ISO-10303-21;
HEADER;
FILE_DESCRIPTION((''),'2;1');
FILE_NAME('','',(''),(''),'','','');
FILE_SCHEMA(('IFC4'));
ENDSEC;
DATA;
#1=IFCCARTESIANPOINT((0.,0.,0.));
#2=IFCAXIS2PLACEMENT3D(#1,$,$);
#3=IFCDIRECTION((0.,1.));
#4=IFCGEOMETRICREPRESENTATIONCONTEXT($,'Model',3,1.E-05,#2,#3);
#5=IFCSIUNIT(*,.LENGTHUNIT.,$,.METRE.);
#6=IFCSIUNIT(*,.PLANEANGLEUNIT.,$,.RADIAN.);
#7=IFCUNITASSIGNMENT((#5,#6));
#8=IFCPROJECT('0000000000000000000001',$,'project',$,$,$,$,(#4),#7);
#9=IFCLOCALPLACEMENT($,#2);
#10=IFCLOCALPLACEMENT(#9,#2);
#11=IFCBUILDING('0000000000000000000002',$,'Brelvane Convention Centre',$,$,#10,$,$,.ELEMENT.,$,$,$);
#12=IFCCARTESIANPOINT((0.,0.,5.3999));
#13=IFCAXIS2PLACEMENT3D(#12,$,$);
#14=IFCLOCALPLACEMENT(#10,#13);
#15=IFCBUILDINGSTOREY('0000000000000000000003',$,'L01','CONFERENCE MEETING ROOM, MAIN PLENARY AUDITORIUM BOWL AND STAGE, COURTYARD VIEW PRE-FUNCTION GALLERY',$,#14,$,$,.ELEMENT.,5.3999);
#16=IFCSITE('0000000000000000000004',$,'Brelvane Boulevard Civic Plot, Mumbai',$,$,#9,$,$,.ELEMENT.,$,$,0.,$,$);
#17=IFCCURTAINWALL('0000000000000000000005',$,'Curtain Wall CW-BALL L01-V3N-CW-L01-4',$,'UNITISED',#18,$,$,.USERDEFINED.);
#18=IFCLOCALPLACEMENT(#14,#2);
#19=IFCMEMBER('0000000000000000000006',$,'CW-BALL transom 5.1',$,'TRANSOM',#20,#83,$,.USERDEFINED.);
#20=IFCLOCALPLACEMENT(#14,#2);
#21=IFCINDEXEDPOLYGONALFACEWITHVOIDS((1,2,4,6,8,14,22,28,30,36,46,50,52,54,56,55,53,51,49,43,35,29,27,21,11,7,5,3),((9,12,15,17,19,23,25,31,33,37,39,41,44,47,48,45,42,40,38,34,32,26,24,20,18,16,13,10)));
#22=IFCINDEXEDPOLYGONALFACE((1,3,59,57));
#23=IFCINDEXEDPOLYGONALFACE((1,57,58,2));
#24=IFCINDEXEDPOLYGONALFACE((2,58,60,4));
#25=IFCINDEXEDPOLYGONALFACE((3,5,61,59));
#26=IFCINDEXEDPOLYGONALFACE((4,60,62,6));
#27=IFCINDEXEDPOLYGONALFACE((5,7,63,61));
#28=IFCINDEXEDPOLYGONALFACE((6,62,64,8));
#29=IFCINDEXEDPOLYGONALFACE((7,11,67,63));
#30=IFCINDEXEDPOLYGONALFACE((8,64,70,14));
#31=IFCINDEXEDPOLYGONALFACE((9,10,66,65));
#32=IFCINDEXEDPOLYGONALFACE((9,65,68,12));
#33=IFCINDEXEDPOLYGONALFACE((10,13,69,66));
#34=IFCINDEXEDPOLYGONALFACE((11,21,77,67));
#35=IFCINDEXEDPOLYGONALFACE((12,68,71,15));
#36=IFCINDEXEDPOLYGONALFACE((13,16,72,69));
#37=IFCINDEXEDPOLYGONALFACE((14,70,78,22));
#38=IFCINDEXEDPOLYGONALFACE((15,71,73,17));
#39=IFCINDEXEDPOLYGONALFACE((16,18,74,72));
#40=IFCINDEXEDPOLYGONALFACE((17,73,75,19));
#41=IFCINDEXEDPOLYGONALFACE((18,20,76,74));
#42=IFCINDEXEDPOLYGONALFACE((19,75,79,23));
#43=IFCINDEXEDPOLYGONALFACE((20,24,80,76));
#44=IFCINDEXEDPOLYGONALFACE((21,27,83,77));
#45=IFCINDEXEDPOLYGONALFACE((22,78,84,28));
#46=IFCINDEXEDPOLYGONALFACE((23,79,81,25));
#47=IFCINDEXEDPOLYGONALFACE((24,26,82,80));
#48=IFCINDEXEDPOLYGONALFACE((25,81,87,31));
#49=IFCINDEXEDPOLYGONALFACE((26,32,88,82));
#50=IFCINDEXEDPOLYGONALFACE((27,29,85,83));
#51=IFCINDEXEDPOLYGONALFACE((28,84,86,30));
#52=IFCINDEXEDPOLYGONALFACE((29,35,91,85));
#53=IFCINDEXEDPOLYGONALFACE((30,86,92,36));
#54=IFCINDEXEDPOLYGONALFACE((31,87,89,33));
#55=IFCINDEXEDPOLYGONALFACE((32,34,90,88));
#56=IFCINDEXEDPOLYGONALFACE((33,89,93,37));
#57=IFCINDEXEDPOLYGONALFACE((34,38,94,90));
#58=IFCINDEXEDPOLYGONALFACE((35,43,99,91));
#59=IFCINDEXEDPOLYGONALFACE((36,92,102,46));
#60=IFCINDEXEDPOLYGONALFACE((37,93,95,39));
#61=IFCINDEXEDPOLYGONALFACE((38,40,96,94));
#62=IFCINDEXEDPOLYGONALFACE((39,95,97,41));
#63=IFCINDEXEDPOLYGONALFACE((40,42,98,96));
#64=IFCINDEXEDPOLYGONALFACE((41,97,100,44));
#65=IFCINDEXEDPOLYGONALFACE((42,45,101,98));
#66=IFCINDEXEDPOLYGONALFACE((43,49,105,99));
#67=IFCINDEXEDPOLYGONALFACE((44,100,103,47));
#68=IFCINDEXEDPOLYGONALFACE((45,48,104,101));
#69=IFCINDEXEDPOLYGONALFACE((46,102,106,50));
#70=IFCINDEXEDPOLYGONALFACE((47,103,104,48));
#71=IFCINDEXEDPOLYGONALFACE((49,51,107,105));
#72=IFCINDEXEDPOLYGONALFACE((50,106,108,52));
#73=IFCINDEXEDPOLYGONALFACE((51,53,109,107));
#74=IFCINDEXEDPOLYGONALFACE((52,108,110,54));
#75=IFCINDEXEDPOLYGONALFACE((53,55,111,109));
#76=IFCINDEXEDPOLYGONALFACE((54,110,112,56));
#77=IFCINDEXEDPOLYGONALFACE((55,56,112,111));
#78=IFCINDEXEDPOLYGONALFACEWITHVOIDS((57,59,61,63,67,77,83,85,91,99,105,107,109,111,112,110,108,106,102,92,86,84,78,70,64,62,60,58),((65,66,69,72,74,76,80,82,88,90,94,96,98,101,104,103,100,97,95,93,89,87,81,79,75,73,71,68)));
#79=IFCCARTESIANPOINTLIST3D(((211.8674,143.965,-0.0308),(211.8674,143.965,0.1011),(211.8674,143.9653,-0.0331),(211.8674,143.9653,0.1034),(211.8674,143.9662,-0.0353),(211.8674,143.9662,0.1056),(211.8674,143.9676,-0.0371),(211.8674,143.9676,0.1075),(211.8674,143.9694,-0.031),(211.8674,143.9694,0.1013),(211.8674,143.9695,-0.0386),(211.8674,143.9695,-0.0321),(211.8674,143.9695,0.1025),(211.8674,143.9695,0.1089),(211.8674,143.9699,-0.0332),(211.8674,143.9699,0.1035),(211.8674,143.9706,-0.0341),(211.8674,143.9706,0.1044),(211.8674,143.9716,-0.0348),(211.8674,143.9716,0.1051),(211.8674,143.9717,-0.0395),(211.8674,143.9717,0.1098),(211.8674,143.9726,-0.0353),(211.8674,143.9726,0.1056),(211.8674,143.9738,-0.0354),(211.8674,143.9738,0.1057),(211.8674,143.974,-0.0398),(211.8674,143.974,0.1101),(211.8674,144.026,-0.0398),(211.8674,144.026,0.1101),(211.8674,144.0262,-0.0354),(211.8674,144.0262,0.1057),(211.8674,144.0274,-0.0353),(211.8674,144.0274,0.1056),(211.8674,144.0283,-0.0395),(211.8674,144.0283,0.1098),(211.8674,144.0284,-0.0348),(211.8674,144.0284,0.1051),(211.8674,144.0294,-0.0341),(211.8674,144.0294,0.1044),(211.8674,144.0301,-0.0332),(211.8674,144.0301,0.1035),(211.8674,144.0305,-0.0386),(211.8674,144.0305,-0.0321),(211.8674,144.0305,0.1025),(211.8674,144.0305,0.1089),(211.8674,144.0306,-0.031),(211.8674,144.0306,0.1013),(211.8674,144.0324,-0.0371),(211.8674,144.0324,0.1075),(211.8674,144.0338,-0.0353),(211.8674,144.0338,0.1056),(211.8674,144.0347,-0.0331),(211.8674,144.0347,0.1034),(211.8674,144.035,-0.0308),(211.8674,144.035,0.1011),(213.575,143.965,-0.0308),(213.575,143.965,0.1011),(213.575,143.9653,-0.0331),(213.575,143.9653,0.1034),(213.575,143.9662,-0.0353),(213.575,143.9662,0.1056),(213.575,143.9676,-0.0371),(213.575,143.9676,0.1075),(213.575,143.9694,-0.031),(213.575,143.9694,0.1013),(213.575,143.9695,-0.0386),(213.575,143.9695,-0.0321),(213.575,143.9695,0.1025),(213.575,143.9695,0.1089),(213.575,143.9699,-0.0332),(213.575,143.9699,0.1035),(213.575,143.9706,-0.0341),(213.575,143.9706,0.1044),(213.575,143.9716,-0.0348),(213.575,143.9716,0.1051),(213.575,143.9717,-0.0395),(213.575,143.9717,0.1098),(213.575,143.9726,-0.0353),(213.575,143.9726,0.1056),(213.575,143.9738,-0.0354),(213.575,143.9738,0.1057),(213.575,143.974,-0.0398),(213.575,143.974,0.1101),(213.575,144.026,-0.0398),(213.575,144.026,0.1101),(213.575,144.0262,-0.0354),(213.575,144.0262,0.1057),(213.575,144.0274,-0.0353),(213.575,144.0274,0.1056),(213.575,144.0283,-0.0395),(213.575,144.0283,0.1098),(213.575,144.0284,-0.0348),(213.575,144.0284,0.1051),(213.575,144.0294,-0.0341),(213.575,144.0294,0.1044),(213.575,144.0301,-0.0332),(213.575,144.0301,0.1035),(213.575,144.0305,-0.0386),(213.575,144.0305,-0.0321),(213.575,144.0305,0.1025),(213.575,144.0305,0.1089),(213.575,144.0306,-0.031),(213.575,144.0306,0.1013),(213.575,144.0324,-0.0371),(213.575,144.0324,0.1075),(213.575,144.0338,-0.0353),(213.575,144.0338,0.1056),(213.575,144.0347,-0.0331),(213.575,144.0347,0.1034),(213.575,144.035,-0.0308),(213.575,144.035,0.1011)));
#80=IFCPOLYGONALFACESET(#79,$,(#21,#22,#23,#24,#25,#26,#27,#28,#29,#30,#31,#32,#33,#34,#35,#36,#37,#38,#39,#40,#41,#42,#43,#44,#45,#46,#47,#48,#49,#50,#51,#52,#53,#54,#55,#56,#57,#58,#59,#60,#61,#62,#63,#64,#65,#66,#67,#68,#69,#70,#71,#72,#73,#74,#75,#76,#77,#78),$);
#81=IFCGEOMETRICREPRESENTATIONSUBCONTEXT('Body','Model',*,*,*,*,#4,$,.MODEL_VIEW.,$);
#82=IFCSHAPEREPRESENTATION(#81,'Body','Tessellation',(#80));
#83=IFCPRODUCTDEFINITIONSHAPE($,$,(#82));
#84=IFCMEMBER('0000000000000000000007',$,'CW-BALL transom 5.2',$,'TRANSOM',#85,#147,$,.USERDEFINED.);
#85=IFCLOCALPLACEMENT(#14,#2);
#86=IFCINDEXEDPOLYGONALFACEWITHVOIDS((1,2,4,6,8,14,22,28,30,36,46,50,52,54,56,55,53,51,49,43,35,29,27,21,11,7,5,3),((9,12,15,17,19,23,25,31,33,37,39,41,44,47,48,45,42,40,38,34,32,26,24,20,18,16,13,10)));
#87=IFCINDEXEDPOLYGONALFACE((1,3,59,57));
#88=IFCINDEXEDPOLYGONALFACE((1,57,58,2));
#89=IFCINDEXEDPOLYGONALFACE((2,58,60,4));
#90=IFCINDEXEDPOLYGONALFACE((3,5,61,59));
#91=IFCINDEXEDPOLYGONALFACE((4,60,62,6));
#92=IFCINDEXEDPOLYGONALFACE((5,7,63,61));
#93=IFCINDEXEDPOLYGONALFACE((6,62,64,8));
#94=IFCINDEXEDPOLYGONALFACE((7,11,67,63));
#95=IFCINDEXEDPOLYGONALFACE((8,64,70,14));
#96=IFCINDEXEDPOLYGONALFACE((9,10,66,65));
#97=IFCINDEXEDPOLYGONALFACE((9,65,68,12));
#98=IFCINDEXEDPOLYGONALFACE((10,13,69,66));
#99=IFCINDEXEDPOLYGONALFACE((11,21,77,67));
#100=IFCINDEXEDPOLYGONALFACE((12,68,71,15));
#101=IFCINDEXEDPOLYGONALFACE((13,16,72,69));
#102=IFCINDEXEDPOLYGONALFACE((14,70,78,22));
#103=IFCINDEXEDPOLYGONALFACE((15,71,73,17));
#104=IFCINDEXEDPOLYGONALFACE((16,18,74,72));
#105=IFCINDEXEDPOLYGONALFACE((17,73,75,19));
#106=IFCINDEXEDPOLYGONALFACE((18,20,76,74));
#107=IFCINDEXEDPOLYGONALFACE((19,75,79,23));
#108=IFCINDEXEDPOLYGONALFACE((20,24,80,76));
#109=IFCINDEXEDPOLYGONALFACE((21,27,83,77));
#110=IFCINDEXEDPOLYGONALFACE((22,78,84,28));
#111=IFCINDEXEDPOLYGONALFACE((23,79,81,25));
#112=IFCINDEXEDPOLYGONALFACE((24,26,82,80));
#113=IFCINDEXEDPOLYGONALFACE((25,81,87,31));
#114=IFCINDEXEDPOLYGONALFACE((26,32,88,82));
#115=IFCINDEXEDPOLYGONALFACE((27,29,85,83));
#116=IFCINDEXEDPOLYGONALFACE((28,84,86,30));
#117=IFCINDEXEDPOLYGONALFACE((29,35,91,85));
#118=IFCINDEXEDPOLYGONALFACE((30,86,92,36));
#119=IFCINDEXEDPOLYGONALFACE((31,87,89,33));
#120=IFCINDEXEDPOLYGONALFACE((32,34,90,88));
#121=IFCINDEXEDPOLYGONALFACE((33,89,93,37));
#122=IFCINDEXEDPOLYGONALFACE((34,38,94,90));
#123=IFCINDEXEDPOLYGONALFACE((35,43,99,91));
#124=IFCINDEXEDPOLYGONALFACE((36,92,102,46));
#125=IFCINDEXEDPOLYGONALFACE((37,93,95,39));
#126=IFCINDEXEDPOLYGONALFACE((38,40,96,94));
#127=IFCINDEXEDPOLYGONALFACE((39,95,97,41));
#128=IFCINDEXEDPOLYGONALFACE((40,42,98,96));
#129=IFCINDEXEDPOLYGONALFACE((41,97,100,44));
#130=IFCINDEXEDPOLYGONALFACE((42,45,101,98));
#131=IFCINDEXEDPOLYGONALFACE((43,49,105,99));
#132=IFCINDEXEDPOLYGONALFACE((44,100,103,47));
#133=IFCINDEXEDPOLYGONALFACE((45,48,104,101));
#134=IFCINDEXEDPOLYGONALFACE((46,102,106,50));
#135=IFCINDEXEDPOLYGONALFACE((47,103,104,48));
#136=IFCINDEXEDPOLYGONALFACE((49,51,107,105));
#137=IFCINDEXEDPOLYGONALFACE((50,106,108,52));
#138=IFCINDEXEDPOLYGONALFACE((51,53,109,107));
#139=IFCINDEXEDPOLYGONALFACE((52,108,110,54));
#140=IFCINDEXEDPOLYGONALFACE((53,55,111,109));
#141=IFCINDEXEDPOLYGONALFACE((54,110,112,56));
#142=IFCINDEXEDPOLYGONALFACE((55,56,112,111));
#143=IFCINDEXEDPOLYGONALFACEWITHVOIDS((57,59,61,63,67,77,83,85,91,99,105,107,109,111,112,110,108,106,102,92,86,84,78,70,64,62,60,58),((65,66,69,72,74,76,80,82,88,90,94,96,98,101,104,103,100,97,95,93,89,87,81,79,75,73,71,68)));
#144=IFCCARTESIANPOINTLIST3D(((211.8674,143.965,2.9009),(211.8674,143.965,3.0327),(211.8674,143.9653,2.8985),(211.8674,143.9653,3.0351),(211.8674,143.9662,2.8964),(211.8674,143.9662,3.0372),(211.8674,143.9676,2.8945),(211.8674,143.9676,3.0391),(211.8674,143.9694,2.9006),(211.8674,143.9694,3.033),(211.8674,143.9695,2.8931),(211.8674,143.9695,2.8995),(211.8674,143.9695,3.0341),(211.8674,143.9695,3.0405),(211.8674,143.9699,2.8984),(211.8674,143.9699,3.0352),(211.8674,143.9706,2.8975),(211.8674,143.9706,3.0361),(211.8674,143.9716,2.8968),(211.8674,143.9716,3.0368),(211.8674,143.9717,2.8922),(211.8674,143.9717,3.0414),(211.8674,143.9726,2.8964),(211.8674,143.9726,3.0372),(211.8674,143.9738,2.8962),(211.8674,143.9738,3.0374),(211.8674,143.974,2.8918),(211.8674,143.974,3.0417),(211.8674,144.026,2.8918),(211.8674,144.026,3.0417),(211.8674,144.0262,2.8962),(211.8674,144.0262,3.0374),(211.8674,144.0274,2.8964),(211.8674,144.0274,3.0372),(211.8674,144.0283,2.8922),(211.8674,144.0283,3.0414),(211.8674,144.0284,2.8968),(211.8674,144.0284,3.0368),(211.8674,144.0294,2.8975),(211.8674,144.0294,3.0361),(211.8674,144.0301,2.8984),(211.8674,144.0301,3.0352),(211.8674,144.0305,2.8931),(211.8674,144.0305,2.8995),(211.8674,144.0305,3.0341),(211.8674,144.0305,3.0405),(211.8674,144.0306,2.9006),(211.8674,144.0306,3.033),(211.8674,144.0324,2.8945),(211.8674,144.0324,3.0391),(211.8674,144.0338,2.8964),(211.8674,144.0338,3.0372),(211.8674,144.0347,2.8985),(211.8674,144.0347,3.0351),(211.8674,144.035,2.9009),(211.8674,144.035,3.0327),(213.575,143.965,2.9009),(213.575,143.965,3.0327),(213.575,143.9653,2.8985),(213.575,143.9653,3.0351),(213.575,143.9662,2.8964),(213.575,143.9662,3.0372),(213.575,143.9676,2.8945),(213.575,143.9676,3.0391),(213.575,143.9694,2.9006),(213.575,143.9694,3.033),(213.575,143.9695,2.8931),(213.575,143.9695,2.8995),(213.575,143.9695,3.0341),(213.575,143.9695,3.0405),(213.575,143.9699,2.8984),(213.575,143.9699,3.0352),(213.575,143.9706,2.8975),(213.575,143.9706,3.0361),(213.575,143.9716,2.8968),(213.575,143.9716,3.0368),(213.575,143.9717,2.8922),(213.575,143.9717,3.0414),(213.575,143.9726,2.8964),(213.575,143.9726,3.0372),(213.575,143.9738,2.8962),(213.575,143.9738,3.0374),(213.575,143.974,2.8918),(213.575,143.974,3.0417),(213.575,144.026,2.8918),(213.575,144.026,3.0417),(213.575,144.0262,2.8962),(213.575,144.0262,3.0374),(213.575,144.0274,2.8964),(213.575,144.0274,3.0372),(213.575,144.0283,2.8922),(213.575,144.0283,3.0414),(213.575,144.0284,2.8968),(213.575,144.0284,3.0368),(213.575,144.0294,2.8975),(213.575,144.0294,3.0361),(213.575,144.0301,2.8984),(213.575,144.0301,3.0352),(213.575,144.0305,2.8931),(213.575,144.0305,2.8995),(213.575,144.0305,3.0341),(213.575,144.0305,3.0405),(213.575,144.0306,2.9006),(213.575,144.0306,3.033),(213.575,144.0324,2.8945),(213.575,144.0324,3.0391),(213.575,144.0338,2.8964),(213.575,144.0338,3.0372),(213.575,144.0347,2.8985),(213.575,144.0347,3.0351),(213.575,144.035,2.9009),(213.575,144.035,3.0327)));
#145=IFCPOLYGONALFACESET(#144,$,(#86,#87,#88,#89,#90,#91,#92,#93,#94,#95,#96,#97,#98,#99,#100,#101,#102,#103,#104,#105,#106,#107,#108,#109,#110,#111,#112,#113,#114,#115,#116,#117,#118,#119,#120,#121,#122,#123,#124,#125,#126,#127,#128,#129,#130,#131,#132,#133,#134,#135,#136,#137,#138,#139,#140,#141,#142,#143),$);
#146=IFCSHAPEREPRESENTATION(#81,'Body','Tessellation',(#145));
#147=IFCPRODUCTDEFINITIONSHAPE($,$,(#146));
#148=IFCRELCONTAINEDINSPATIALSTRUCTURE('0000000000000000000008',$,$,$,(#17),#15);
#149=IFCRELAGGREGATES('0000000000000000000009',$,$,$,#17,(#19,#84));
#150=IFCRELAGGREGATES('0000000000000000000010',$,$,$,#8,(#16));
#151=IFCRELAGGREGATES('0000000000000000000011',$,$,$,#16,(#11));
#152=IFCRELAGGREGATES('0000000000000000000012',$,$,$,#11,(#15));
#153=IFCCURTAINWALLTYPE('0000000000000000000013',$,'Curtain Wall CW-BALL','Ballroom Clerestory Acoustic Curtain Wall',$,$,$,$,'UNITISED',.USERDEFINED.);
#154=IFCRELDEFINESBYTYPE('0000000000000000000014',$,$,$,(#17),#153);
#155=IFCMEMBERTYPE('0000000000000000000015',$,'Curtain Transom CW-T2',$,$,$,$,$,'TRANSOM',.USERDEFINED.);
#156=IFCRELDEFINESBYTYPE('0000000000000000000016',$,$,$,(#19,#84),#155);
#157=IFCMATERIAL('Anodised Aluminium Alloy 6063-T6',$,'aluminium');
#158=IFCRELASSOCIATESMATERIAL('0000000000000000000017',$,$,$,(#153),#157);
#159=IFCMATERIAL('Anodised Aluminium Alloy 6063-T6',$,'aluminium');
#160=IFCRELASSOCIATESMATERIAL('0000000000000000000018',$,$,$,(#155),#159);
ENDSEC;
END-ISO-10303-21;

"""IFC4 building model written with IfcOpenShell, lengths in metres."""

from ifc_helpers import new_model, si_unit, direction, frame, origin, origin_2d, place, context, subcontext, project, spatial, hollow_rectangle, extrude, material, material_profile, profile_set, type_object, element, aggregate, save


model = new_model("IFC4")

# Units and contexts
model_context = context("Model", 3, precision=1e-05, world=origin(), true_north=direction((0.0, 1.0)))
body_context = subcontext(model_context, "Body", "Model", "MODEL_VIEW")
ifc_project = project(units=[si_unit("LENGTHUNIT", "METRE"), si_unit("PLANEANGLEUNIT", "RADIAN")], contexts=[model_context])

# Site, building, storey
site_placement = place(None, origin())
site = spatial("IfcSite", under=ifc_project, at=site_placement, Name="Brelvane Boulevard Civic Plot, Mumbai", CompositionType="ELEMENT", RefElevation=0.0)
building_placement = place(site_placement, origin())
building = spatial("IfcBuilding", under=site, at=building_placement, Name="Brelvane Convention Centre", CompositionType="ELEMENT")
storey_placement = place(building_placement, frame((0.0, 0.0, 5.3999)))
storey = spatial("IfcBuildingStorey", under=building, at=storey_placement, Name="L01", Description="CONFERENCE MEETING ROOM, MAIN PLENARY AUDITORIUM BOWL AND STAGE, COURTYARD VIEW PRE-FUNCTION GALLERY", CompositionType="ELEMENT", Elevation=5.3999)

# Curtain wall
ifc_material_1 = material(Name="Anodised Aluminium Alloy 6063-T6", Category="aluminium")
curtain_wall_type = type_object("IfcCurtainWallType", Name="Curtain Wall CW-BALL", Description="Ballroom Clerestory Acoustic Curtain Wall", ElementType="UNITISED", PredefinedType="USERDEFINED", material=ifc_material_1)
curtain_wall_1_placement = place(storey_placement, origin())
curtain_wall_1 = element("IfcCurtainWall", 1, at=curtain_wall_1_placement, inside=storey, type_object=curtain_wall_type, Name="Curtain Wall CW-BALL L01-V3N-CW-L01-4", ObjectType="UNITISED", PredefinedType="USERDEFINED")

# Members
ifc_material_2 = material(Name="Anodised Aluminium Alloy 6063-T6", Category="aluminium")
ifc_material_profile_1 = material_profile(ifc_material_2, hollow_rectangle(XDim=0.0701, YDim=0.1499, WallThickness=0.0044, InnerFilletRadius=0.0044, OuterFilletRadius=0.009, at=origin_2d()), Name="ALU-T 150x70x4.5")
ifc_profile_set_1 = profile_set([ifc_material_profile_1], Name="Anodised Aluminium Alloy 6063-T6")
member_type_1 = type_object("IfcMemberType", Name="Curtain Transom CW-T2", ElementType="TRANSOM", PredefinedType="USERDEFINED", material=ifc_profile_set_1)
member_1_placement = place(storey_placement, frame((211.8674, 144.0, 0.0352), z_axis=(1.0, 0.0, 0.0), x_axis=(0.0, 1.0, 0.0)))
member_1 = element("IfcMember", 2, at=member_1_placement, type_object=member_type_1, Name="CW-BALL transom 5.1", ObjectType="TRANSOM", PredefinedType="USERDEFINED", context=body_context, shape_type="SweptSolid", body=[
    extrude(hollow_rectangle(XDim=0.0701, YDim=0.1499, WallThickness=0.0044, InnerFilletRadius=0.0044, OuterFilletRadius=0.009, at=origin_2d()), origin(), (0.0, 0.0, 1.0), 1.7075),
])
member_2_placement = place(storey_placement, frame((211.8674, 144.0, 2.9668), z_axis=(1.0, 0.0, 0.0), x_axis=(0.0, 1.0, 0.0)))
member_2 = element("IfcMember", 3, at=member_2_placement, type_object=member_type_1, Name="CW-BALL transom 5.2", ObjectType="TRANSOM", PredefinedType="USERDEFINED", context=body_context, shape_type="SweptSolid", body=[
    extrude(hollow_rectangle(XDim=0.0701, YDim=0.1499, WallThickness=0.0044, InnerFilletRadius=0.0044, OuterFilletRadius=0.009, at=origin_2d()), origin(), (0.0, 0.0, 1.0), 1.7075),
])

aggregate(curtain_wall_1, [member_1, member_2])

save(model, "model.ifc")
